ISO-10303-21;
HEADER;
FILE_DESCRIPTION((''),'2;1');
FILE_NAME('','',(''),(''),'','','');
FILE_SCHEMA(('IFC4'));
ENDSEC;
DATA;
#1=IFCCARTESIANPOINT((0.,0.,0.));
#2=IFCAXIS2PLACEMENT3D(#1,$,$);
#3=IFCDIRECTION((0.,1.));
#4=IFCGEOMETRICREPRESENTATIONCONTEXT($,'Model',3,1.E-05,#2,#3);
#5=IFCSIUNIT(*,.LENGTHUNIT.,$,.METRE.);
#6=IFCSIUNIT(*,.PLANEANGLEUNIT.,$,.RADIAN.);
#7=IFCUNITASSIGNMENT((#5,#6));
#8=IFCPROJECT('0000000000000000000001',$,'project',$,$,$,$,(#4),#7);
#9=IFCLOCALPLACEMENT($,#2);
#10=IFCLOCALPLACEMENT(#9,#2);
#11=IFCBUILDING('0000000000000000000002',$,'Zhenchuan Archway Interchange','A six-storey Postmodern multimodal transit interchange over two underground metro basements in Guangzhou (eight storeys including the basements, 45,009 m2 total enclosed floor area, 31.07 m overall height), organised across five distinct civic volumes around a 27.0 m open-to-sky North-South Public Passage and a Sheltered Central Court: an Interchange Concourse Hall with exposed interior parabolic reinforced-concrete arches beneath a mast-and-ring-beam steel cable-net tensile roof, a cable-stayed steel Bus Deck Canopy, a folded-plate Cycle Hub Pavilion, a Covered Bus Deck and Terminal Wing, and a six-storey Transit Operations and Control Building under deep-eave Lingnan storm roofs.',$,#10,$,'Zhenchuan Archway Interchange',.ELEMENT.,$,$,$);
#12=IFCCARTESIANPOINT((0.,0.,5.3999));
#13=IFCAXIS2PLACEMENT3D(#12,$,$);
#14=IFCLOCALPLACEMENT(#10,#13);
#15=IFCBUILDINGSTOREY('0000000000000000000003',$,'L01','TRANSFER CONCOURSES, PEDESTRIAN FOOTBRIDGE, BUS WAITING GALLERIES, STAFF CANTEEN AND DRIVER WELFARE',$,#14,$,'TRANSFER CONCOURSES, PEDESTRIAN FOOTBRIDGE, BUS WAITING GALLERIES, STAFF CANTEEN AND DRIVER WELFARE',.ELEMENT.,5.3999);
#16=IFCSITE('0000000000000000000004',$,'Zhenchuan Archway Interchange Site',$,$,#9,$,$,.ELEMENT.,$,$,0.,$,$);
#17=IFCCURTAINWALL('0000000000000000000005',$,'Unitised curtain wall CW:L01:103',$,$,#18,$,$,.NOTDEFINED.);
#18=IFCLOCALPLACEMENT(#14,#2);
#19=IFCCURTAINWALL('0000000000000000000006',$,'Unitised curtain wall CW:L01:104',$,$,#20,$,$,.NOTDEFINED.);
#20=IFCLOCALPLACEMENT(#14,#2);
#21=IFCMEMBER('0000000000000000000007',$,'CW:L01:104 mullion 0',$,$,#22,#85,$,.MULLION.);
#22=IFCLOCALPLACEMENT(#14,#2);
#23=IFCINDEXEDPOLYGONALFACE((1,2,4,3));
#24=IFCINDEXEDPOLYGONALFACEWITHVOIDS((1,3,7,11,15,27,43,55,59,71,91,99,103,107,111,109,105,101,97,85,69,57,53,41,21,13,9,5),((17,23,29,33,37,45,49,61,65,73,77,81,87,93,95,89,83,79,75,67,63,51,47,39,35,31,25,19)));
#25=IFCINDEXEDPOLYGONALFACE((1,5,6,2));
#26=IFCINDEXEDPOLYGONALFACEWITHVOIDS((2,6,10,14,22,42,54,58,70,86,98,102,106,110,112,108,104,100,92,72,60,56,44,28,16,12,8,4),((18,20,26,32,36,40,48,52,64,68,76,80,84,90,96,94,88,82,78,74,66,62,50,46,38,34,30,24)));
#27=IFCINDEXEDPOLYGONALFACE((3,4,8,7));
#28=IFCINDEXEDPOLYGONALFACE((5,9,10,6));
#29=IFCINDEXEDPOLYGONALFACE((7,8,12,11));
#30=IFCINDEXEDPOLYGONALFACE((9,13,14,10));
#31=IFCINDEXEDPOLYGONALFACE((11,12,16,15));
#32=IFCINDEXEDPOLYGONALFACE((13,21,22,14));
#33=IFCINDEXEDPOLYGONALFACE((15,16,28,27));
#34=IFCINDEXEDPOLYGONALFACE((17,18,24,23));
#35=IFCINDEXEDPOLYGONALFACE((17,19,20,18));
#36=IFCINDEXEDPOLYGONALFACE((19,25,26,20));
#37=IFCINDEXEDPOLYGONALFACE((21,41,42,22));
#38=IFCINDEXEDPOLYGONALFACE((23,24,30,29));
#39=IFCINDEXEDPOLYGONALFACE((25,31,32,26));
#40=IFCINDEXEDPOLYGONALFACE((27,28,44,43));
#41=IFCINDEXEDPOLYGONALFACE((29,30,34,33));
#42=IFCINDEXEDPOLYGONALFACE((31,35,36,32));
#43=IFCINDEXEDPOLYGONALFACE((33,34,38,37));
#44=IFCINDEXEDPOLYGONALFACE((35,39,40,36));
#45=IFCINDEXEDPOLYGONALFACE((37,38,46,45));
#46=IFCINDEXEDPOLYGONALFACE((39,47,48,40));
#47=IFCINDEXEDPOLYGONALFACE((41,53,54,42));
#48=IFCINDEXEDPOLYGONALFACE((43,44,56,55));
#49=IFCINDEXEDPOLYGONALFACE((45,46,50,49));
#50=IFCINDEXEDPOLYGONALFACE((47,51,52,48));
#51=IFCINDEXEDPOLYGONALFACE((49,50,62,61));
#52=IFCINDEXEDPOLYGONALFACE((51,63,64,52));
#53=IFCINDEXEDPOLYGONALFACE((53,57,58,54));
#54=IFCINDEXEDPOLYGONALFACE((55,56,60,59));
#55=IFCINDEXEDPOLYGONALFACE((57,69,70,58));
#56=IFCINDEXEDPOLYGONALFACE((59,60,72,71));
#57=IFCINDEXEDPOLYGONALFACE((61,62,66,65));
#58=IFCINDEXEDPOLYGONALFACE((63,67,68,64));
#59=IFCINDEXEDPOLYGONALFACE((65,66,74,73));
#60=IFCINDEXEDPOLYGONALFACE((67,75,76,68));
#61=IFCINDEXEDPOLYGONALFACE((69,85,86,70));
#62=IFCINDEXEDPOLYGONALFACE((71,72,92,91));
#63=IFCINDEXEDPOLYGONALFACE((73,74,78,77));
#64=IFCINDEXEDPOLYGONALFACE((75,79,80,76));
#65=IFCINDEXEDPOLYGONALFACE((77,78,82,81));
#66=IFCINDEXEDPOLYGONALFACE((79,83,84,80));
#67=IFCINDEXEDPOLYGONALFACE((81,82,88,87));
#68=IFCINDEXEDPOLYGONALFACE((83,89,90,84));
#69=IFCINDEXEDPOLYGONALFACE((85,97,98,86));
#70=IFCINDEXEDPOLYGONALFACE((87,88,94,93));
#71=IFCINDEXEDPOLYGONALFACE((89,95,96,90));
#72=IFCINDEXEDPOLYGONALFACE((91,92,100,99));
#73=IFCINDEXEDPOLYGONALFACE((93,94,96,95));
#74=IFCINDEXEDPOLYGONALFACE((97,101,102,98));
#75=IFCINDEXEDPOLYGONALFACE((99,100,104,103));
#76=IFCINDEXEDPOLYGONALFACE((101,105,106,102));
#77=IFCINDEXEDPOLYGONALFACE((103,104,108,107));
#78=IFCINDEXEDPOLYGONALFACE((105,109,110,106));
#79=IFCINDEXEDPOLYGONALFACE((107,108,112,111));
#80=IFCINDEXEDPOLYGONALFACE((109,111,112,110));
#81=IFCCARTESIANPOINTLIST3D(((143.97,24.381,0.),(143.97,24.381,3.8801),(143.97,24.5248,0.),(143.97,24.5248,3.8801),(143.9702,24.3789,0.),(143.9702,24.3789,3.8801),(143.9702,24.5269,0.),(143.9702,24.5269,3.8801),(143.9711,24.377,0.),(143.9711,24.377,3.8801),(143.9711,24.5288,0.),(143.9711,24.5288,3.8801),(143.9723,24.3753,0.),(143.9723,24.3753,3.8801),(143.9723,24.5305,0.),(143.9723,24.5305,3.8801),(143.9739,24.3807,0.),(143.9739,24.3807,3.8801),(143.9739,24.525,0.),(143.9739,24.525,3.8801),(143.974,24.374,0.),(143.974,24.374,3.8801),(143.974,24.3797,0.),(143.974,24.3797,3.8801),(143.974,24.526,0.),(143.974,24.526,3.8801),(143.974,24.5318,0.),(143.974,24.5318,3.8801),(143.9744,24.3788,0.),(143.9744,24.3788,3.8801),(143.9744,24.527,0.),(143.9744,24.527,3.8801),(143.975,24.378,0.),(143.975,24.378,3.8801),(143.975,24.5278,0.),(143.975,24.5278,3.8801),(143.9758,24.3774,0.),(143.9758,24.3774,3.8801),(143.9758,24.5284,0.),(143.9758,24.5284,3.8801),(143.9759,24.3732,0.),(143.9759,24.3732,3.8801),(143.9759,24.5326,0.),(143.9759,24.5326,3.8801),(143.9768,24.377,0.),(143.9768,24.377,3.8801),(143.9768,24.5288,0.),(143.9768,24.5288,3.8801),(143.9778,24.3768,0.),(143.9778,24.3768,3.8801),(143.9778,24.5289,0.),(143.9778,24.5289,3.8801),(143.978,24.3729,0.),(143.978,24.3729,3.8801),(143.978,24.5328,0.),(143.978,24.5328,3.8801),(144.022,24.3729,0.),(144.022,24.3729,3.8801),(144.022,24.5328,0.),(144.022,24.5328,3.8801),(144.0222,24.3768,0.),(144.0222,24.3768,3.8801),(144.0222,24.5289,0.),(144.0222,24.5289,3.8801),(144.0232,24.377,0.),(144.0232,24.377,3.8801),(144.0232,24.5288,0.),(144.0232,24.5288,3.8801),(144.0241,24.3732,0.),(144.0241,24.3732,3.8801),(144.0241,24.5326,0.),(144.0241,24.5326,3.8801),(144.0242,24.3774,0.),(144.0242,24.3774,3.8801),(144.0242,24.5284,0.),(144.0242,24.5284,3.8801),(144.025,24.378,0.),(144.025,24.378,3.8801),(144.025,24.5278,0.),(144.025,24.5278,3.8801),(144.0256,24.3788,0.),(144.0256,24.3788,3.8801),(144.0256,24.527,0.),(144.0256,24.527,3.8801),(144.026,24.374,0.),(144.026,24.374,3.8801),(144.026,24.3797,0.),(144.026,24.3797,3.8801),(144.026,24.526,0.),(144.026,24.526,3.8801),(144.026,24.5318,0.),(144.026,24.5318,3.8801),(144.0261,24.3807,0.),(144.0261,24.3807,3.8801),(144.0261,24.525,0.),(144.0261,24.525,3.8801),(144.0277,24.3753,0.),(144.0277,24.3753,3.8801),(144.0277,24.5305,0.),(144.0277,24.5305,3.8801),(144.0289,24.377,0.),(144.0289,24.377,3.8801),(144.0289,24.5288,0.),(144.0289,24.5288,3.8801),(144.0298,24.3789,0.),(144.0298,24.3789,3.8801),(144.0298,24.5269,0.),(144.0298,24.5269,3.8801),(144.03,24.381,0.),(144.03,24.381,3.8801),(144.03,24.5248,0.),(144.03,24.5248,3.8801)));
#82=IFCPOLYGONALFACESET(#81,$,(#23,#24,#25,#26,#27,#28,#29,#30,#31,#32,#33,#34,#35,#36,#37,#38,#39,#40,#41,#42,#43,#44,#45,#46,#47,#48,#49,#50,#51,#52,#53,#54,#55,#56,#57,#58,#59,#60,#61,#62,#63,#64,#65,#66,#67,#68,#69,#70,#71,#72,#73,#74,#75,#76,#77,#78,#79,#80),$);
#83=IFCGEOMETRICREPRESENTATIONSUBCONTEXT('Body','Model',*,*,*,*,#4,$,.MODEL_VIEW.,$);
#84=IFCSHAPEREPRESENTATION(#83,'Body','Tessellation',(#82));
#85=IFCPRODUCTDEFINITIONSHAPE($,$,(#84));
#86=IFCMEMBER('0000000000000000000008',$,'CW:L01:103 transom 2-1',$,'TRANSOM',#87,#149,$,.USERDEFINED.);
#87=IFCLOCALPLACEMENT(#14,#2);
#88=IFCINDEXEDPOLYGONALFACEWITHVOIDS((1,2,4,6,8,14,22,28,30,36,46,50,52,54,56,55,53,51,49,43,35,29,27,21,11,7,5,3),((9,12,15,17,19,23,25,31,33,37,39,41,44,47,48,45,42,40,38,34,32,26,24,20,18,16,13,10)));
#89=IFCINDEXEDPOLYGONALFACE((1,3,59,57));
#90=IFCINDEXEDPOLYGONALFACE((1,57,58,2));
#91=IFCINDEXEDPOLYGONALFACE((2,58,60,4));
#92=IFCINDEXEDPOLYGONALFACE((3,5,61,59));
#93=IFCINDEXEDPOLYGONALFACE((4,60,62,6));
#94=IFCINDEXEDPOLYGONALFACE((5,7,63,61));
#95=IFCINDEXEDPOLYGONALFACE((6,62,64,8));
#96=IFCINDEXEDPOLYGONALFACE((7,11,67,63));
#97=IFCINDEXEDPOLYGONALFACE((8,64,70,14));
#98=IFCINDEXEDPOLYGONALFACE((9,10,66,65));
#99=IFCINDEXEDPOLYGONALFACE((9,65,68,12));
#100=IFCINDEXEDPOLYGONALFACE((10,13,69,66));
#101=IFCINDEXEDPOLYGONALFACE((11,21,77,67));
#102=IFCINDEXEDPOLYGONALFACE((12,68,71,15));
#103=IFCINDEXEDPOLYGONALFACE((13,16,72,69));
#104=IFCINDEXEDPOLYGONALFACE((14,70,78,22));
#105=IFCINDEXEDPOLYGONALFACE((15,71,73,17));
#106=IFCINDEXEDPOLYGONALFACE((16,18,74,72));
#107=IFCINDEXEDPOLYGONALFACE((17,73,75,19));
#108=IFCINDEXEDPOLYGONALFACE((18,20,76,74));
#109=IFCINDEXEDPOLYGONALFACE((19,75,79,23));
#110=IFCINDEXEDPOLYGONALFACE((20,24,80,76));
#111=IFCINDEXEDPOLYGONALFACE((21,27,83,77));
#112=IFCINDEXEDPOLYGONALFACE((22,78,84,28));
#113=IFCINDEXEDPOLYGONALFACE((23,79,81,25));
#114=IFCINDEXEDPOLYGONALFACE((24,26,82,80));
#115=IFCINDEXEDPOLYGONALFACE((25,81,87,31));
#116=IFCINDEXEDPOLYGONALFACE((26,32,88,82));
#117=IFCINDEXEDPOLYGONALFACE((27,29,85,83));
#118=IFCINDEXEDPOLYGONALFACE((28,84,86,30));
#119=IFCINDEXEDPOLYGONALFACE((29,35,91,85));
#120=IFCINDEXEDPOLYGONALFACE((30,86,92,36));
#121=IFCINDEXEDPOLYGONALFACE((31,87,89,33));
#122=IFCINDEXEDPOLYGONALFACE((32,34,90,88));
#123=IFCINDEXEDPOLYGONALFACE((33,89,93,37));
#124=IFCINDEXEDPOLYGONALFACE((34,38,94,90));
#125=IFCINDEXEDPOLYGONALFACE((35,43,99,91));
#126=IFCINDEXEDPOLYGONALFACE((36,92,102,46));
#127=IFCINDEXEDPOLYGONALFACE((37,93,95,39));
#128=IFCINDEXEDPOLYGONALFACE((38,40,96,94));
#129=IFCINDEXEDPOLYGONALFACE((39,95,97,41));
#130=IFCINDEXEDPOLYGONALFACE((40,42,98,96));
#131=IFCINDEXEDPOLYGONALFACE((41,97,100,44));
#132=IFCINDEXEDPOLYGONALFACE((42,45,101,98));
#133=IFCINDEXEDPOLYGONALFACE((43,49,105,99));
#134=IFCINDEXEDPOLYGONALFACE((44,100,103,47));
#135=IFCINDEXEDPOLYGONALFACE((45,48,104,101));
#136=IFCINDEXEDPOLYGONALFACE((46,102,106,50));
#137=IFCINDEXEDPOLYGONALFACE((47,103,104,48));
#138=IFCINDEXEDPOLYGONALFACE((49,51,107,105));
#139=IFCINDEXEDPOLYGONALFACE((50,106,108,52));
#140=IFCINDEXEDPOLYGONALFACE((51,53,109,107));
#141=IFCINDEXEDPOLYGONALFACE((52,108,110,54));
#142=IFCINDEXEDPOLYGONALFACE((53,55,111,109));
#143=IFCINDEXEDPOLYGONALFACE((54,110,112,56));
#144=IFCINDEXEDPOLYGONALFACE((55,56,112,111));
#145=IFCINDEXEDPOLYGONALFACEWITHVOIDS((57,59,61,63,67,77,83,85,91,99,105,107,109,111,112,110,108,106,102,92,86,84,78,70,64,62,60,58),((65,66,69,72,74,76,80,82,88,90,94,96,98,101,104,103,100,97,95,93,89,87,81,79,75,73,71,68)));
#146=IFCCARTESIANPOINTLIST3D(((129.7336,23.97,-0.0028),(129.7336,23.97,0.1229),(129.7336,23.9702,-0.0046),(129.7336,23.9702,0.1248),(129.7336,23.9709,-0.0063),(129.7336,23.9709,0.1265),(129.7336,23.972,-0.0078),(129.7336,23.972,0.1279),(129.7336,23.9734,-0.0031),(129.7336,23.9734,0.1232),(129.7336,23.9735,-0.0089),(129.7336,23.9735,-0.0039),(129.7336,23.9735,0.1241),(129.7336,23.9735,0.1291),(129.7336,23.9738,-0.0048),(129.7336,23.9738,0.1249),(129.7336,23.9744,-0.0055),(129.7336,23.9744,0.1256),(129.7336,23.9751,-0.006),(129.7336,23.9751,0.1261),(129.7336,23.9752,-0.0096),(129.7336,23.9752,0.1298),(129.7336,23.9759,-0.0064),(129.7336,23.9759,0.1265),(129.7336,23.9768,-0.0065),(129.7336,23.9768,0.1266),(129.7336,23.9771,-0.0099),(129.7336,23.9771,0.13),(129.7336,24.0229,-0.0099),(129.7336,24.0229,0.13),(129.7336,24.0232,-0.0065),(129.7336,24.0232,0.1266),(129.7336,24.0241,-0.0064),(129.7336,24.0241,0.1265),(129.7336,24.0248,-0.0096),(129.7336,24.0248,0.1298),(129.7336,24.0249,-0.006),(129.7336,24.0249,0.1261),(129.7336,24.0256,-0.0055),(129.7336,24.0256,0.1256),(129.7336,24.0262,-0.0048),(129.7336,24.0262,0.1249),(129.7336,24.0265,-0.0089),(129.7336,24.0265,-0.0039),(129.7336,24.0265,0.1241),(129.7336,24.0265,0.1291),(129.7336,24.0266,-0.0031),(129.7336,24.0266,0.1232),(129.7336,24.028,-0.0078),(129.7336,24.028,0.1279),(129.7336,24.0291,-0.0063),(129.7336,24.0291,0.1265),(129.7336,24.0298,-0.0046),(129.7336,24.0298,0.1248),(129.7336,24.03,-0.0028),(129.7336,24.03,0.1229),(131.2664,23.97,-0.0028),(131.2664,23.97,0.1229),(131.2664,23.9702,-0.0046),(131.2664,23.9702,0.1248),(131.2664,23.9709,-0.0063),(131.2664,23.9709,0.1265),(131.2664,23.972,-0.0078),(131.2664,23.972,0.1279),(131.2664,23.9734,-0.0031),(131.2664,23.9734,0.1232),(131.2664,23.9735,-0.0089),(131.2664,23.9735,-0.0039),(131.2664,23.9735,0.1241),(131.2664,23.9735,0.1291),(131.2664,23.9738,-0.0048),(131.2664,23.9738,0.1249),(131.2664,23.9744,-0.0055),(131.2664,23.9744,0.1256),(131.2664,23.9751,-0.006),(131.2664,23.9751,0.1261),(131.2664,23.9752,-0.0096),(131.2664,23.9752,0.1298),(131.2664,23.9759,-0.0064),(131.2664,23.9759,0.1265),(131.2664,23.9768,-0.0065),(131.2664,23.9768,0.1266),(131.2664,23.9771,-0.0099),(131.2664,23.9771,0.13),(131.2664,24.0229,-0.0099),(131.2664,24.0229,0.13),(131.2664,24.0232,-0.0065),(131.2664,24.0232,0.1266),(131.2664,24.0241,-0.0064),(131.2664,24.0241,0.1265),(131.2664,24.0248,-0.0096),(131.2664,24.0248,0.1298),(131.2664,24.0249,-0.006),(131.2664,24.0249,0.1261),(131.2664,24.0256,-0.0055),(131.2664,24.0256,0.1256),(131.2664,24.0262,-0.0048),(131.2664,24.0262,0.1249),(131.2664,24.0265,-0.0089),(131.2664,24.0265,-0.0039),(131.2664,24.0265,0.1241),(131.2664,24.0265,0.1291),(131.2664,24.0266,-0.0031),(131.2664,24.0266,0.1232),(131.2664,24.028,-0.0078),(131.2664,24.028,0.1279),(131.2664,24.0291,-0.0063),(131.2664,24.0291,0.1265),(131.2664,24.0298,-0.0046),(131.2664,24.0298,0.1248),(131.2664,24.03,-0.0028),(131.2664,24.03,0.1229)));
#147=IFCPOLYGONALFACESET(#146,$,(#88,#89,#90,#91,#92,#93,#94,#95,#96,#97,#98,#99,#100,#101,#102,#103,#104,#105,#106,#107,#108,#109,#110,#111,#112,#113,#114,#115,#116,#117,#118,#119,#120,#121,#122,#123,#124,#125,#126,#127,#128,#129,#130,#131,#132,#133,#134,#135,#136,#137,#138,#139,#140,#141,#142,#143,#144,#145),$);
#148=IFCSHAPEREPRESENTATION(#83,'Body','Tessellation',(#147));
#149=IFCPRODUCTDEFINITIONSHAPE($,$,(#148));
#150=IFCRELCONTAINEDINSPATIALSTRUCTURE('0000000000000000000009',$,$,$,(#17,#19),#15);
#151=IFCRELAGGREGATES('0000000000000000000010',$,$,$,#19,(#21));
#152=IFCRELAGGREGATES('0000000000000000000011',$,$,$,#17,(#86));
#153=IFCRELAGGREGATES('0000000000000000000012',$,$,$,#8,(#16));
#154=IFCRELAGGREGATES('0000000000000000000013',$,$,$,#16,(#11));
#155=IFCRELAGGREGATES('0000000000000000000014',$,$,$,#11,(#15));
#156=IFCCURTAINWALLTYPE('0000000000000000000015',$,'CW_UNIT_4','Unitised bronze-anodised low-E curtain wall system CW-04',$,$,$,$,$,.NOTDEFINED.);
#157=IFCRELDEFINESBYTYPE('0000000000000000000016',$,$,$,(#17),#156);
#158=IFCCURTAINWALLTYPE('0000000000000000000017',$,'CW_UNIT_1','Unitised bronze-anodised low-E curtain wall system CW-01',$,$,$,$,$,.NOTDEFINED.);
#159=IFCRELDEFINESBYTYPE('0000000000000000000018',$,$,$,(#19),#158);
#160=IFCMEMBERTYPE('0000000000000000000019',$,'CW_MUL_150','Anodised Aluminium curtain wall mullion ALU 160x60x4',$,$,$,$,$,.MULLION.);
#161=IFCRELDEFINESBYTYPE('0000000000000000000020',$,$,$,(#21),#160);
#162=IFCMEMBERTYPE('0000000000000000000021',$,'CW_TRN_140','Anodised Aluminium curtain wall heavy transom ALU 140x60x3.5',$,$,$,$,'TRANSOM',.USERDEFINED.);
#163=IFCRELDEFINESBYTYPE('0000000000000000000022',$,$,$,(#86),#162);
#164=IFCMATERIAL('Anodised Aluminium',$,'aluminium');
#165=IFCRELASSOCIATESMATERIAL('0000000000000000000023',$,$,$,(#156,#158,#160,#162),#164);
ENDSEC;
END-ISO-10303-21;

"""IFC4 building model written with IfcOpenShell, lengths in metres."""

from ifc_helpers import new_model, si_unit, direction, frame, origin, origin_2d, place, context, subcontext, project, spatial, hollow_rectangle, extrude, material, material_profile, profile_set, type_object, element, aggregate, save


model = new_model("IFC4")

# Units and contexts
model_context = context("Model", 3, precision=1e-05, world=origin(), true_north=direction((0.0, 1.0)))
body_context = subcontext(model_context, "Body", "Model", "MODEL_VIEW")
ifc_project = project(units=[si_unit("LENGTHUNIT", "METRE"), si_unit("PLANEANGLEUNIT", "RADIAN")], contexts=[model_context])

# Site, building, storey
site_placement = place(None, origin())
site = spatial("IfcSite", under=ifc_project, at=site_placement, Name="Zhenchuan Archway Interchange Site", CompositionType="ELEMENT", RefElevation=0.0)
building_placement = place(site_placement, origin())
building = spatial("IfcBuilding", under=site, at=building_placement, Name="Zhenchuan Archway Interchange", Description="A six-storey Postmodern multimodal transit interchange over two underground metro basements in Guangzhou (eight storeys including the basements, 45,009 m2 total enclosed floor area, 31.07 m overall height), organised across five distinct civic volumes around a 27.0 m open-to-sky North-South Public Passage and a Sheltered Central Court: an Interchange Concourse Hall with exposed interior parabolic reinforced-concrete arches beneath a mast-and-ring-beam steel cable-net tensile roof, a cable-stayed steel Bus Deck Canopy, a folded-plate Cycle Hub Pavilion, a Covered Bus Deck and Terminal Wing, and a six-storey Transit Operations and Control Building under deep-eave Lingnan storm roofs.", LongName="Zhenchuan Archway Interchange", CompositionType="ELEMENT")
storey_placement = place(building_placement, frame((0.0, 0.0, 5.3999)))
storey = spatial("IfcBuildingStorey", under=building, at=storey_placement, Name="L01", Description="TRANSFER CONCOURSES, PEDESTRIAN FOOTBRIDGE, BUS WAITING GALLERIES, STAFF CANTEEN AND DRIVER WELFARE", LongName="TRANSFER CONCOURSES, PEDESTRIAN FOOTBRIDGE, BUS WAITING GALLERIES, STAFF CANTEEN AND DRIVER WELFARE", CompositionType="ELEMENT", Elevation=5.3999)

# Curtain wall
ifc_material_1 = material(Name="Anodised Aluminium", Category="aluminium")
curtain_wall_type_1 = type_object("IfcCurtainWallType", Name="CW_UNIT_4", Description="Unitised bronze-anodised low-E curtain wall system CW-04", PredefinedType="NOTDEFINED", material=ifc_material_1)
curtain_wall_1_placement = place(storey_placement, origin())
curtain_wall_1 = element("IfcCurtainWall", 1, at=curtain_wall_1_placement, inside=storey, type_object=curtain_wall_type_1, Name="Unitised curtain wall CW:L01:103", PredefinedType="NOTDEFINED")
ifc_material_profile_1 = material_profile(ifc_material_1, hollow_rectangle(XDim=0.0601, YDim=0.1599, WallThickness=0.0039, InnerFilletRadius=0.0039, OuterFilletRadius=0.0081, at=origin_2d()), Name="ALU 160x60x4")
ifc_profile_set_1 = profile_set([ifc_material_profile_1], Name="Anodised Aluminium")
member_type_1 = type_object("IfcMemberType", Name="CW_MUL_150", Description="Anodised Aluminium curtain wall mullion ALU 160x60x4", PredefinedType="MULLION", material=ifc_profile_set_1)

# Curtain wall, member
curtain_wall_type_2 = type_object("IfcCurtainWallType", Name="CW_UNIT_1", Description="Unitised bronze-anodised low-E curtain wall system CW-01", PredefinedType="NOTDEFINED", material=ifc_material_1)
curtain_wall_2_placement = place(storey_placement, origin())
curtain_wall_2 = element("IfcCurtainWall", 2, at=curtain_wall_2_placement, inside=storey, type_object=curtain_wall_type_2, Name="Unitised curtain wall CW:L01:104", PredefinedType="NOTDEFINED")
member_1_placement = place(storey_placement, frame((144.0, 24.4529, 0.0), z_axis=(0.0, 0.0, 1.0), x_axis=(1.0, 0.0, 0.0)))
member_1 = element("IfcMember", 3, at=member_1_placement, type_object=member_type_1, Name="CW:L01:104 mullion 0", PredefinedType="MULLION", context=body_context, shape_type="SweptSolid", body=[
    extrude(hollow_rectangle(XDim=0.0601, YDim=0.1599, WallThickness=0.0039, InnerFilletRadius=0.0039, OuterFilletRadius=0.0081, at=origin_2d()), origin(), (0.0, 0.0, 1.0), 3.8801),
])
aggregate(curtain_wall_2, [member_1])

# Member
ifc_material_profile_2 = material_profile(ifc_material_1, hollow_rectangle(XDim=0.0601, YDim=0.1399, WallThickness=0.0034, InnerFilletRadius=0.0034, OuterFilletRadius=0.0071, at=origin_2d()), Name="ALU 140x60x3.5")
ifc_profile_set_2 = profile_set([ifc_material_profile_2], Name="Anodised Aluminium")
member_type_2 = type_object("IfcMemberType", Name="CW_TRN_140", Description="Anodised Aluminium curtain wall heavy transom ALU 140x60x3.5", ElementType="TRANSOM", PredefinedType="USERDEFINED", material=ifc_profile_set_2)
member_2_placement = place(storey_placement, frame((129.7336, 24.0, 0.0601), z_axis=(1.0, 0.0, 0.0), x_axis=(0.0, 1.0, 0.0)))
member_2 = element("IfcMember", 4, at=member_2_placement, type_object=member_type_2, Name="CW:L01:103 transom 2-1", ObjectType="TRANSOM", PredefinedType="USERDEFINED", context=body_context, shape_type="SweptSolid", body=[
    extrude(hollow_rectangle(XDim=0.0601, YDim=0.1399, WallThickness=0.0034, InnerFilletRadius=0.0034, OuterFilletRadius=0.0071, at=origin_2d()), origin(), (0.0, 0.0, 1.0), 1.5327),
])

aggregate(curtain_wall_1, [member_2])

save(model, "model.ifc")
